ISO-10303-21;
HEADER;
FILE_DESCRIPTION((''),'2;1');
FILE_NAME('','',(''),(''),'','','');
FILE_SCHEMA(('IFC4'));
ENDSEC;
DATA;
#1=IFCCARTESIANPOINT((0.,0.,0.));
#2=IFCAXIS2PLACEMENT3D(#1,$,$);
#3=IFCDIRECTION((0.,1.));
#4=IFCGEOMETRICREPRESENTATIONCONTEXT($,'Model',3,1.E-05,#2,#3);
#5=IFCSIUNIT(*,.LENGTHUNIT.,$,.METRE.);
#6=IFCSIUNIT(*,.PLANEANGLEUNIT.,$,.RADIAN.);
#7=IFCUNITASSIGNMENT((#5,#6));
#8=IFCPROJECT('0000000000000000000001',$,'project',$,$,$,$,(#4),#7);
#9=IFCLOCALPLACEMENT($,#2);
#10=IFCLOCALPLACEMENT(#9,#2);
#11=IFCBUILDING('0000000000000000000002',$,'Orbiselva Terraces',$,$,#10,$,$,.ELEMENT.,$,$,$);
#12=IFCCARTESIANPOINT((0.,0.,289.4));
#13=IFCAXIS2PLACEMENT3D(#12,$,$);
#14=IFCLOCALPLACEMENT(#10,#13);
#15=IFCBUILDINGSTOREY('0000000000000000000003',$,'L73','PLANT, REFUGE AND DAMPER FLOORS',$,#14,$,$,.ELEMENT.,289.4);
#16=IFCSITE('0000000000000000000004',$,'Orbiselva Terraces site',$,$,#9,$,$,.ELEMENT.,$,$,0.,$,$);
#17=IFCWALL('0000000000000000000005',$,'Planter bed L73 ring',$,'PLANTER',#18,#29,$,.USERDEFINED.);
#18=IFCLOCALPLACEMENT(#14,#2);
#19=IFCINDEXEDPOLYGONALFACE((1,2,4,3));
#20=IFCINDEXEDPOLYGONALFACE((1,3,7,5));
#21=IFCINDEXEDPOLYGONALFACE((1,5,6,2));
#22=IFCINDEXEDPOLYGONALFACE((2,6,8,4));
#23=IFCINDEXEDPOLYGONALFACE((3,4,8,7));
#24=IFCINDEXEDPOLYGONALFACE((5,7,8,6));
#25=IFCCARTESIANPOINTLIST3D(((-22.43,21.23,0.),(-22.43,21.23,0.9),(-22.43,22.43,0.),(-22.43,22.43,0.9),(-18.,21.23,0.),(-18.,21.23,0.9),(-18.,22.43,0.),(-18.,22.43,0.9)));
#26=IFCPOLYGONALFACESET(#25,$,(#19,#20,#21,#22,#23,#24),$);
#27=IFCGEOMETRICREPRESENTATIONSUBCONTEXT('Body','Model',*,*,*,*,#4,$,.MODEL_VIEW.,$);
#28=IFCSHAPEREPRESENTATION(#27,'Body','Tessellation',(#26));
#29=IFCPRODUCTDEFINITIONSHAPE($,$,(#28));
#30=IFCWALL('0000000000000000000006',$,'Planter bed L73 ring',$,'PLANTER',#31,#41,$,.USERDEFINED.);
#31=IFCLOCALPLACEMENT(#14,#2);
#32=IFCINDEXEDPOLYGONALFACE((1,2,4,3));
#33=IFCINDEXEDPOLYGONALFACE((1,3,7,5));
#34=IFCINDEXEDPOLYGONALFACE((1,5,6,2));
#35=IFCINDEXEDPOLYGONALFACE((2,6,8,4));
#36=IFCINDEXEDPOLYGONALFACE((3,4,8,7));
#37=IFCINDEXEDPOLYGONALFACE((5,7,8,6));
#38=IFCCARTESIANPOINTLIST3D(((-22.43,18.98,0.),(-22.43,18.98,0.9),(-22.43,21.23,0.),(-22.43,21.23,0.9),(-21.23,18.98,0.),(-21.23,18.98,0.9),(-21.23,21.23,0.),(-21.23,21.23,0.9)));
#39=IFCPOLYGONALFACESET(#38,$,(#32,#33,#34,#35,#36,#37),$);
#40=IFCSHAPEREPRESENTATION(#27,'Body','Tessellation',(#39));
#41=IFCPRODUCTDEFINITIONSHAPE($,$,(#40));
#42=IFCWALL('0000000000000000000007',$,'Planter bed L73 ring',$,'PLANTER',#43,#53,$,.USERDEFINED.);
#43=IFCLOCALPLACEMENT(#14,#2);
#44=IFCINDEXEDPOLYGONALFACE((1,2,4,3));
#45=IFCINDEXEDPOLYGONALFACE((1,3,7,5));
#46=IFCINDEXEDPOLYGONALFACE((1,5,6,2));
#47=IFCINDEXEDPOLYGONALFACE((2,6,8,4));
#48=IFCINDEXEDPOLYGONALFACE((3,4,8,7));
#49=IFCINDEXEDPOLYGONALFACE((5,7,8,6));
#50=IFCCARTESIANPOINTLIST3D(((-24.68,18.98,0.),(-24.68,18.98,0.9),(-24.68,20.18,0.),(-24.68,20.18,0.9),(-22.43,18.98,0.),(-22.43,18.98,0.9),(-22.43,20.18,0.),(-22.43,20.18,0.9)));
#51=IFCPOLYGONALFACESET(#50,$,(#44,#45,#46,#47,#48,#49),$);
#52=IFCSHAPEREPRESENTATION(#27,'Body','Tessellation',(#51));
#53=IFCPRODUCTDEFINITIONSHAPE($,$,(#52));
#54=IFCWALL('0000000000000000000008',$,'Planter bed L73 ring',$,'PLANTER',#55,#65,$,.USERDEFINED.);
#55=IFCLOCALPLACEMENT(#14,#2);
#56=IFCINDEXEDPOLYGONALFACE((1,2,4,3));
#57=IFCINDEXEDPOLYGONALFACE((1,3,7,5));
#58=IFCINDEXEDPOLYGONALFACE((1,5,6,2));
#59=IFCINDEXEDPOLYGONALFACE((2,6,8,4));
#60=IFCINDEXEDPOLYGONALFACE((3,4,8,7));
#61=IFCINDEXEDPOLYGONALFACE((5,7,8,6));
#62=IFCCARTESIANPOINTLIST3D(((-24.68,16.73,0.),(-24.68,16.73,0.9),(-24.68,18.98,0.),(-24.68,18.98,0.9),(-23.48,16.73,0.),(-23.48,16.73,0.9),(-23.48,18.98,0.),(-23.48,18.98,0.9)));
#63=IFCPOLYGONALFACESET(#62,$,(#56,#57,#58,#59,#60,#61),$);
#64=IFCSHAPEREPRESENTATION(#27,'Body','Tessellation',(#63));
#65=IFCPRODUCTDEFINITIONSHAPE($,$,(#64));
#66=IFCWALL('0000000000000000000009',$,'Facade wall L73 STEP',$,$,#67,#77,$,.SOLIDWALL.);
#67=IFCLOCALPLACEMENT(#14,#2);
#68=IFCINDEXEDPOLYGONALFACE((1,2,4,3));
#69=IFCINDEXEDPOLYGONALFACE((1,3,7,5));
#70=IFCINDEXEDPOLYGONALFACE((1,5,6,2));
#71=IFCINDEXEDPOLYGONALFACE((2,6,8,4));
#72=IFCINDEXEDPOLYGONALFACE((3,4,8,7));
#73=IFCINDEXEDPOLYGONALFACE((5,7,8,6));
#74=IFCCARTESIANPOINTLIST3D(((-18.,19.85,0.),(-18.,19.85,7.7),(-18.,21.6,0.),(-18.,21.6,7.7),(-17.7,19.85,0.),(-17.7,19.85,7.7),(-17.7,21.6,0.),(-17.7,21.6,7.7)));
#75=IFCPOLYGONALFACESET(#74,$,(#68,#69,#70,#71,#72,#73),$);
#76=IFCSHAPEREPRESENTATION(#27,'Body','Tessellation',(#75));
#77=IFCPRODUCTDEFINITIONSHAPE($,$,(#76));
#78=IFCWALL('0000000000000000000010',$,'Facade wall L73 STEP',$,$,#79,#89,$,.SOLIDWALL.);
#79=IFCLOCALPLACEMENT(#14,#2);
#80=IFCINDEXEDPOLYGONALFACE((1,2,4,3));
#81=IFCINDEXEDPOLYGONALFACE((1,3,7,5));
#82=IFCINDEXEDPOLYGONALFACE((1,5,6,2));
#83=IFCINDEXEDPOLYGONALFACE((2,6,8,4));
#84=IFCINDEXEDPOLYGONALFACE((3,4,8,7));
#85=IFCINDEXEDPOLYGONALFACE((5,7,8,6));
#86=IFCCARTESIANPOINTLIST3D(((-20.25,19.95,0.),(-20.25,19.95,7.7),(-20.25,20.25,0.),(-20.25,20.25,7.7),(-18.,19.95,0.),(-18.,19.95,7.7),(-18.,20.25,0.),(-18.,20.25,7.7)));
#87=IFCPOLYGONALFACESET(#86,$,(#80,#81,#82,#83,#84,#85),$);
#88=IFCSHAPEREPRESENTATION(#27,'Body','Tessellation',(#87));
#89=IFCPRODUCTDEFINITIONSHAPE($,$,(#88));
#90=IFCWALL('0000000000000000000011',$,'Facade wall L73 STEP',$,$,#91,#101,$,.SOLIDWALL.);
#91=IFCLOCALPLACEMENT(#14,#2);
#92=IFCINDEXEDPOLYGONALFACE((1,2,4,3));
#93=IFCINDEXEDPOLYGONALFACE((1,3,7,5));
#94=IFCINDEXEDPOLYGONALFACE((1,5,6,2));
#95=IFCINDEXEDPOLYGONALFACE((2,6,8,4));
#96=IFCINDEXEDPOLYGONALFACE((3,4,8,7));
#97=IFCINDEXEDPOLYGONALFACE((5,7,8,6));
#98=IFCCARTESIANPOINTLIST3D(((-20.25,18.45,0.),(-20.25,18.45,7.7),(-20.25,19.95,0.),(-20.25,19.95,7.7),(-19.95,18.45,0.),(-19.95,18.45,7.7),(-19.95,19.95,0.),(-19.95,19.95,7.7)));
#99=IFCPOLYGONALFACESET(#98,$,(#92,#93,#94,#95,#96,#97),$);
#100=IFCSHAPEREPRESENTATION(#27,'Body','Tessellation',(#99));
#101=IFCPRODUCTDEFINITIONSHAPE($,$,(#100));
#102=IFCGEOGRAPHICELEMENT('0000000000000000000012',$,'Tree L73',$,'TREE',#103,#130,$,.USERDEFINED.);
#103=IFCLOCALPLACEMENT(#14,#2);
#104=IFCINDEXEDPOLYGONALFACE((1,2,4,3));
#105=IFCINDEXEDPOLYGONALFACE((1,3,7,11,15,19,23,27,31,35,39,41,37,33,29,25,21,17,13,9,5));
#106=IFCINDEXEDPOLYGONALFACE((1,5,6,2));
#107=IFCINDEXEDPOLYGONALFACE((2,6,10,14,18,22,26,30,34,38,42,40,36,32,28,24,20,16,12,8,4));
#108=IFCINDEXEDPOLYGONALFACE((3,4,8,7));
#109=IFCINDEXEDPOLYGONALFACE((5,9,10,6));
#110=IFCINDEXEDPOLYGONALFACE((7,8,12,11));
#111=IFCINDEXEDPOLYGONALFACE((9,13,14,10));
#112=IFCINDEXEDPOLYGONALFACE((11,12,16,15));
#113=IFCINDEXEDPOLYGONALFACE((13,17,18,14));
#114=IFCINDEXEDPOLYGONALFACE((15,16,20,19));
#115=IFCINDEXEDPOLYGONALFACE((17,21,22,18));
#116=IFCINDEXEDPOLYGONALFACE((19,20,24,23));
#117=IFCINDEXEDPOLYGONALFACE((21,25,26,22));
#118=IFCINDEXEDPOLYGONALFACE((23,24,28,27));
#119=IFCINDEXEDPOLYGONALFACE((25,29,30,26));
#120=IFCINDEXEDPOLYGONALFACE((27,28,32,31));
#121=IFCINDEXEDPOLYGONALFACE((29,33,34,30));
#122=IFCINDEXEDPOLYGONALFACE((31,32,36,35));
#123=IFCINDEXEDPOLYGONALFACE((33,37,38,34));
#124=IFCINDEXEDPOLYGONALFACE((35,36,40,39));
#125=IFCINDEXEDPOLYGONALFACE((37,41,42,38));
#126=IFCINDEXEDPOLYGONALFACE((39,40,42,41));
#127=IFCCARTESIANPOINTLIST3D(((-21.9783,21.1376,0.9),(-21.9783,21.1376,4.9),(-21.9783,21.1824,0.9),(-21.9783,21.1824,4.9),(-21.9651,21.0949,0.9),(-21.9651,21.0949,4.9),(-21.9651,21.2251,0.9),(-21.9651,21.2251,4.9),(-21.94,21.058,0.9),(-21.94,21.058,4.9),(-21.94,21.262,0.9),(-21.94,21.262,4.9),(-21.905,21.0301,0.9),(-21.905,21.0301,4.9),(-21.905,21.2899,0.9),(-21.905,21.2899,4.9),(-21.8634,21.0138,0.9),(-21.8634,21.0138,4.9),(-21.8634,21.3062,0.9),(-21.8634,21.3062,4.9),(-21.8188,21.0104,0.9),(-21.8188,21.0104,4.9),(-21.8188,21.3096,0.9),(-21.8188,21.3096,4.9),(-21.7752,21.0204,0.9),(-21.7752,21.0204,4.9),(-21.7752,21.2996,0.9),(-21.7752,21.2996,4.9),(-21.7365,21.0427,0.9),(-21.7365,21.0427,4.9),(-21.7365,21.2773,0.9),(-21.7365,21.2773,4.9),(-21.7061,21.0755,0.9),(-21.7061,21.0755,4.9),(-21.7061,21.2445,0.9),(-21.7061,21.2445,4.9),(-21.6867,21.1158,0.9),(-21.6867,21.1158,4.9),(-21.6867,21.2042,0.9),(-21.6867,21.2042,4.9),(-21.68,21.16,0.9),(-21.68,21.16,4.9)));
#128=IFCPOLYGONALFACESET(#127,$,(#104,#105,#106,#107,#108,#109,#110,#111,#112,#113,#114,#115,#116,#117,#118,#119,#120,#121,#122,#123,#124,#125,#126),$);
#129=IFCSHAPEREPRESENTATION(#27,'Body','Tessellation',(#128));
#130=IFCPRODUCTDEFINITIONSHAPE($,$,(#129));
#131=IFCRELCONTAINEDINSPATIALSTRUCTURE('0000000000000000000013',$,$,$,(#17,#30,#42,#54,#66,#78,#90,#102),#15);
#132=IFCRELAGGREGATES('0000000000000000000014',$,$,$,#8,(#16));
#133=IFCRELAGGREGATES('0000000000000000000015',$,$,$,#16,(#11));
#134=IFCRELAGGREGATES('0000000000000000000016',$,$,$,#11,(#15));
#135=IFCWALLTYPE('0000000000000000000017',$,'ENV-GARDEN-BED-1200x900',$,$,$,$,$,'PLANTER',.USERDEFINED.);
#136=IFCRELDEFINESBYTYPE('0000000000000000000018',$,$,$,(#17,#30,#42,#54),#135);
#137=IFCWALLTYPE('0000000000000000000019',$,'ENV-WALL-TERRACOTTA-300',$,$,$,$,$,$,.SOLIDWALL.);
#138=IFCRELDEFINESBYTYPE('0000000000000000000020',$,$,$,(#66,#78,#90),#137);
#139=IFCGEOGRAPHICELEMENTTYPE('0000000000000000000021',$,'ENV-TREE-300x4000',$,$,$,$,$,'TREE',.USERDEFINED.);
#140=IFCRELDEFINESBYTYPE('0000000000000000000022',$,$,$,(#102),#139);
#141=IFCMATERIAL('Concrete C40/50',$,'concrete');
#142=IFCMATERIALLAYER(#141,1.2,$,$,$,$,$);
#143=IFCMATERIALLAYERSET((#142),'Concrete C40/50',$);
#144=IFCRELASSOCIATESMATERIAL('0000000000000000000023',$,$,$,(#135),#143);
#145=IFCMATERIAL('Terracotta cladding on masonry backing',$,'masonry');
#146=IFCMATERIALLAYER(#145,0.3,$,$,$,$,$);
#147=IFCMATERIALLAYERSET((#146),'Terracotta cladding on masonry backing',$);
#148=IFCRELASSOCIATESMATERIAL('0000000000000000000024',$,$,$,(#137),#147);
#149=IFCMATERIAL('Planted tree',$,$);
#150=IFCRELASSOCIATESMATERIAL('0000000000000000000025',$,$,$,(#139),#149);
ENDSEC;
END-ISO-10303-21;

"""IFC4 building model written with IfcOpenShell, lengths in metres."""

from ifc_helpers import new_model, si_unit, direction, frame, frame_2d, origin, origin_2d, place, context, subcontext, project, spatial, rectangle, circle, extrude, material, layer, layer_set, type_object, element, save


model = new_model("IFC4")

# Units and contexts
model_context = context("Model", 3, precision=1e-05, world=origin(), true_north=direction((0.0, 1.0)))
body_context = subcontext(model_context, "Body", "Model", "MODEL_VIEW")
ifc_project = project(units=[si_unit("LENGTHUNIT", "METRE"), si_unit("PLANEANGLEUNIT", "RADIAN")], contexts=[model_context])

# Site, building, storey
site_placement = place(None, origin())
site = spatial("IfcSite", under=ifc_project, at=site_placement, Name="Orbiselva Terraces site", CompositionType="ELEMENT", RefElevation=0.0)
building_placement = place(site_placement, origin())
building = spatial("IfcBuilding", under=site, at=building_placement, Name="Orbiselva Terraces", CompositionType="ELEMENT")
storey_placement = place(building_placement, frame((0.0, 0.0, 289.4)))
storey = spatial("IfcBuildingStorey", under=building, at=storey_placement, Name="L73", Description="PLANT, REFUGE AND DAMPER FLOORS", CompositionType="ELEMENT", Elevation=289.4)

# Walls
ifc_material_1 = material(Name="Concrete C40/50", Category="concrete")
ifc_layer_1 = layer(ifc_material_1, 1.2)
ifc_layer_set_1 = layer_set([ifc_layer_1], Name="Concrete C40/50")
wall_type_1 = type_object("IfcWallType", Name="ENV-GARDEN-BED-1200x900", ElementType="PLANTER", PredefinedType="USERDEFINED", material=ifc_layer_set_1)
wall_1_placement = place(storey_placement, frame((-18.0, 21.83, 0.0), z_axis=(0.0, 0.0, 1.0), x_axis=(-1.0, 0.0, 0.0)))
element("IfcWall", 1, at=wall_1_placement, inside=storey, type_object=wall_type_1, Name="Planter bed L73 ring", ObjectType="PLANTER", PredefinedType="USERDEFINED", context=body_context, shape_type="SweptSolid", body=[
    extrude(rectangle(XDim=4.43, YDim=1.2, at=frame_2d((2.215, 0.0))), origin(), (0.0, 0.0, 1.0), 0.9),
])
for number, where, z_axis, x_axis, name in (
    (2, (-21.83, 21.23, 0.0), (0.0, 0.0, 1.0), (0.0, -1.0, 0.0), "Planter bed L73 ring"),
    (3, (-22.43, 19.58, 0.0), (0.0, 0.0, 1.0), (-1.0, 0.0, 0.0), "Planter bed L73 ring"),
    (4, (-24.08, 18.98, 0.0), (0.0, 0.0, 1.0), (0.0, -1.0, 0.0), "Planter bed L73 ring"),
):
    element("IfcWall", number, at=place(storey_placement, frame(where, z_axis=z_axis, x_axis=x_axis)), inside=storey, type_object=wall_type_1, Name=name, ObjectType="PLANTER", PredefinedType="USERDEFINED", context=body_context, shape_type="SweptSolid", body=[
        extrude(rectangle(XDim=2.25, YDim=1.2, at=frame_2d((1.125, 0.0))), origin(), (0.0, 0.0, 1.0), 0.9),
    ])
ifc_material_2 = material(Name="Terracotta cladding on masonry backing", Category="masonry")
ifc_layer_2 = layer(ifc_material_2, 0.3)
ifc_layer_set_2 = layer_set([ifc_layer_2], Name="Terracotta cladding on masonry backing")
wall_type_2 = type_object("IfcWallType", Name="ENV-WALL-TERRACOTTA-300", PredefinedType="SOLIDWALL", material=ifc_layer_set_2)
wall_2_placement = place(storey_placement, frame((-17.85, 19.85, 0.0), z_axis=(0.0, 0.0, 1.0), x_axis=(0.0, 1.0, 0.0)))
element("IfcWall", 5, at=wall_2_placement, inside=storey, type_object=wall_type_2, Name="Facade wall L73 STEP", PredefinedType="SOLIDWALL", context=body_context, shape_type="SweptSolid", body=[
    extrude(rectangle(XDim=1.75, YDim=0.3, at=frame_2d((0.875, 0.0))), origin(), (0.0, 0.0, 1.0), 7.7),
])
wall_3_placement = place(storey_placement, frame((-20.25, 20.1, 0.0), z_axis=(0.0, 0.0, 1.0), x_axis=(1.0, 0.0, 0.0)))
element("IfcWall", 6, at=wall_3_placement, inside=storey, type_object=wall_type_2, Name="Facade wall L73 STEP", PredefinedType="SOLIDWALL", context=body_context, shape_type="SweptSolid", body=[
    extrude(rectangle(XDim=2.25, YDim=0.3, at=frame_2d((1.125, 0.0))), origin(), (0.0, 0.0, 1.0), 7.7),
])
wall_4_placement = place(storey_placement, frame((-20.1, 18.45, 0.0), z_axis=(0.0, 0.0, 1.0), x_axis=(0.0, 1.0, 0.0)))
element("IfcWall", 7, at=wall_4_placement, inside=storey, type_object=wall_type_2, Name="Facade wall L73 STEP", PredefinedType="SOLIDWALL", context=body_context, shape_type="SweptSolid", body=[
    extrude(rectangle(XDim=1.5, YDim=0.3, at=frame_2d((0.75, 0.0))), origin(), (0.0, 0.0, 1.0), 7.7),
])

# Geographic element
ifc_material_3 = material(Name="Planted tree")
geographic_element_type = type_object("IfcGeographicElementType", Name="ENV-TREE-300x4000", ElementType="TREE", PredefinedType="USERDEFINED", material=ifc_material_3)
geographic_element_placement = place(storey_placement, frame((-21.83, 21.16, 4.9), z_axis=(0.0, 0.0, -1.0), x_axis=(1.0, 0.0, 0.0)))
element("IfcGeographicElement", 8, at=geographic_element_placement, inside=storey, type_object=geographic_element_type, Name="Tree L73", ObjectType="TREE", PredefinedType="USERDEFINED", context=body_context, shape_type="SweptSolid", body=[
    extrude(circle(Radius=0.15, at=origin_2d()), origin(), (0.0, 0.0, 1.0), 4.0),
])

save(model, "model.ifc")
